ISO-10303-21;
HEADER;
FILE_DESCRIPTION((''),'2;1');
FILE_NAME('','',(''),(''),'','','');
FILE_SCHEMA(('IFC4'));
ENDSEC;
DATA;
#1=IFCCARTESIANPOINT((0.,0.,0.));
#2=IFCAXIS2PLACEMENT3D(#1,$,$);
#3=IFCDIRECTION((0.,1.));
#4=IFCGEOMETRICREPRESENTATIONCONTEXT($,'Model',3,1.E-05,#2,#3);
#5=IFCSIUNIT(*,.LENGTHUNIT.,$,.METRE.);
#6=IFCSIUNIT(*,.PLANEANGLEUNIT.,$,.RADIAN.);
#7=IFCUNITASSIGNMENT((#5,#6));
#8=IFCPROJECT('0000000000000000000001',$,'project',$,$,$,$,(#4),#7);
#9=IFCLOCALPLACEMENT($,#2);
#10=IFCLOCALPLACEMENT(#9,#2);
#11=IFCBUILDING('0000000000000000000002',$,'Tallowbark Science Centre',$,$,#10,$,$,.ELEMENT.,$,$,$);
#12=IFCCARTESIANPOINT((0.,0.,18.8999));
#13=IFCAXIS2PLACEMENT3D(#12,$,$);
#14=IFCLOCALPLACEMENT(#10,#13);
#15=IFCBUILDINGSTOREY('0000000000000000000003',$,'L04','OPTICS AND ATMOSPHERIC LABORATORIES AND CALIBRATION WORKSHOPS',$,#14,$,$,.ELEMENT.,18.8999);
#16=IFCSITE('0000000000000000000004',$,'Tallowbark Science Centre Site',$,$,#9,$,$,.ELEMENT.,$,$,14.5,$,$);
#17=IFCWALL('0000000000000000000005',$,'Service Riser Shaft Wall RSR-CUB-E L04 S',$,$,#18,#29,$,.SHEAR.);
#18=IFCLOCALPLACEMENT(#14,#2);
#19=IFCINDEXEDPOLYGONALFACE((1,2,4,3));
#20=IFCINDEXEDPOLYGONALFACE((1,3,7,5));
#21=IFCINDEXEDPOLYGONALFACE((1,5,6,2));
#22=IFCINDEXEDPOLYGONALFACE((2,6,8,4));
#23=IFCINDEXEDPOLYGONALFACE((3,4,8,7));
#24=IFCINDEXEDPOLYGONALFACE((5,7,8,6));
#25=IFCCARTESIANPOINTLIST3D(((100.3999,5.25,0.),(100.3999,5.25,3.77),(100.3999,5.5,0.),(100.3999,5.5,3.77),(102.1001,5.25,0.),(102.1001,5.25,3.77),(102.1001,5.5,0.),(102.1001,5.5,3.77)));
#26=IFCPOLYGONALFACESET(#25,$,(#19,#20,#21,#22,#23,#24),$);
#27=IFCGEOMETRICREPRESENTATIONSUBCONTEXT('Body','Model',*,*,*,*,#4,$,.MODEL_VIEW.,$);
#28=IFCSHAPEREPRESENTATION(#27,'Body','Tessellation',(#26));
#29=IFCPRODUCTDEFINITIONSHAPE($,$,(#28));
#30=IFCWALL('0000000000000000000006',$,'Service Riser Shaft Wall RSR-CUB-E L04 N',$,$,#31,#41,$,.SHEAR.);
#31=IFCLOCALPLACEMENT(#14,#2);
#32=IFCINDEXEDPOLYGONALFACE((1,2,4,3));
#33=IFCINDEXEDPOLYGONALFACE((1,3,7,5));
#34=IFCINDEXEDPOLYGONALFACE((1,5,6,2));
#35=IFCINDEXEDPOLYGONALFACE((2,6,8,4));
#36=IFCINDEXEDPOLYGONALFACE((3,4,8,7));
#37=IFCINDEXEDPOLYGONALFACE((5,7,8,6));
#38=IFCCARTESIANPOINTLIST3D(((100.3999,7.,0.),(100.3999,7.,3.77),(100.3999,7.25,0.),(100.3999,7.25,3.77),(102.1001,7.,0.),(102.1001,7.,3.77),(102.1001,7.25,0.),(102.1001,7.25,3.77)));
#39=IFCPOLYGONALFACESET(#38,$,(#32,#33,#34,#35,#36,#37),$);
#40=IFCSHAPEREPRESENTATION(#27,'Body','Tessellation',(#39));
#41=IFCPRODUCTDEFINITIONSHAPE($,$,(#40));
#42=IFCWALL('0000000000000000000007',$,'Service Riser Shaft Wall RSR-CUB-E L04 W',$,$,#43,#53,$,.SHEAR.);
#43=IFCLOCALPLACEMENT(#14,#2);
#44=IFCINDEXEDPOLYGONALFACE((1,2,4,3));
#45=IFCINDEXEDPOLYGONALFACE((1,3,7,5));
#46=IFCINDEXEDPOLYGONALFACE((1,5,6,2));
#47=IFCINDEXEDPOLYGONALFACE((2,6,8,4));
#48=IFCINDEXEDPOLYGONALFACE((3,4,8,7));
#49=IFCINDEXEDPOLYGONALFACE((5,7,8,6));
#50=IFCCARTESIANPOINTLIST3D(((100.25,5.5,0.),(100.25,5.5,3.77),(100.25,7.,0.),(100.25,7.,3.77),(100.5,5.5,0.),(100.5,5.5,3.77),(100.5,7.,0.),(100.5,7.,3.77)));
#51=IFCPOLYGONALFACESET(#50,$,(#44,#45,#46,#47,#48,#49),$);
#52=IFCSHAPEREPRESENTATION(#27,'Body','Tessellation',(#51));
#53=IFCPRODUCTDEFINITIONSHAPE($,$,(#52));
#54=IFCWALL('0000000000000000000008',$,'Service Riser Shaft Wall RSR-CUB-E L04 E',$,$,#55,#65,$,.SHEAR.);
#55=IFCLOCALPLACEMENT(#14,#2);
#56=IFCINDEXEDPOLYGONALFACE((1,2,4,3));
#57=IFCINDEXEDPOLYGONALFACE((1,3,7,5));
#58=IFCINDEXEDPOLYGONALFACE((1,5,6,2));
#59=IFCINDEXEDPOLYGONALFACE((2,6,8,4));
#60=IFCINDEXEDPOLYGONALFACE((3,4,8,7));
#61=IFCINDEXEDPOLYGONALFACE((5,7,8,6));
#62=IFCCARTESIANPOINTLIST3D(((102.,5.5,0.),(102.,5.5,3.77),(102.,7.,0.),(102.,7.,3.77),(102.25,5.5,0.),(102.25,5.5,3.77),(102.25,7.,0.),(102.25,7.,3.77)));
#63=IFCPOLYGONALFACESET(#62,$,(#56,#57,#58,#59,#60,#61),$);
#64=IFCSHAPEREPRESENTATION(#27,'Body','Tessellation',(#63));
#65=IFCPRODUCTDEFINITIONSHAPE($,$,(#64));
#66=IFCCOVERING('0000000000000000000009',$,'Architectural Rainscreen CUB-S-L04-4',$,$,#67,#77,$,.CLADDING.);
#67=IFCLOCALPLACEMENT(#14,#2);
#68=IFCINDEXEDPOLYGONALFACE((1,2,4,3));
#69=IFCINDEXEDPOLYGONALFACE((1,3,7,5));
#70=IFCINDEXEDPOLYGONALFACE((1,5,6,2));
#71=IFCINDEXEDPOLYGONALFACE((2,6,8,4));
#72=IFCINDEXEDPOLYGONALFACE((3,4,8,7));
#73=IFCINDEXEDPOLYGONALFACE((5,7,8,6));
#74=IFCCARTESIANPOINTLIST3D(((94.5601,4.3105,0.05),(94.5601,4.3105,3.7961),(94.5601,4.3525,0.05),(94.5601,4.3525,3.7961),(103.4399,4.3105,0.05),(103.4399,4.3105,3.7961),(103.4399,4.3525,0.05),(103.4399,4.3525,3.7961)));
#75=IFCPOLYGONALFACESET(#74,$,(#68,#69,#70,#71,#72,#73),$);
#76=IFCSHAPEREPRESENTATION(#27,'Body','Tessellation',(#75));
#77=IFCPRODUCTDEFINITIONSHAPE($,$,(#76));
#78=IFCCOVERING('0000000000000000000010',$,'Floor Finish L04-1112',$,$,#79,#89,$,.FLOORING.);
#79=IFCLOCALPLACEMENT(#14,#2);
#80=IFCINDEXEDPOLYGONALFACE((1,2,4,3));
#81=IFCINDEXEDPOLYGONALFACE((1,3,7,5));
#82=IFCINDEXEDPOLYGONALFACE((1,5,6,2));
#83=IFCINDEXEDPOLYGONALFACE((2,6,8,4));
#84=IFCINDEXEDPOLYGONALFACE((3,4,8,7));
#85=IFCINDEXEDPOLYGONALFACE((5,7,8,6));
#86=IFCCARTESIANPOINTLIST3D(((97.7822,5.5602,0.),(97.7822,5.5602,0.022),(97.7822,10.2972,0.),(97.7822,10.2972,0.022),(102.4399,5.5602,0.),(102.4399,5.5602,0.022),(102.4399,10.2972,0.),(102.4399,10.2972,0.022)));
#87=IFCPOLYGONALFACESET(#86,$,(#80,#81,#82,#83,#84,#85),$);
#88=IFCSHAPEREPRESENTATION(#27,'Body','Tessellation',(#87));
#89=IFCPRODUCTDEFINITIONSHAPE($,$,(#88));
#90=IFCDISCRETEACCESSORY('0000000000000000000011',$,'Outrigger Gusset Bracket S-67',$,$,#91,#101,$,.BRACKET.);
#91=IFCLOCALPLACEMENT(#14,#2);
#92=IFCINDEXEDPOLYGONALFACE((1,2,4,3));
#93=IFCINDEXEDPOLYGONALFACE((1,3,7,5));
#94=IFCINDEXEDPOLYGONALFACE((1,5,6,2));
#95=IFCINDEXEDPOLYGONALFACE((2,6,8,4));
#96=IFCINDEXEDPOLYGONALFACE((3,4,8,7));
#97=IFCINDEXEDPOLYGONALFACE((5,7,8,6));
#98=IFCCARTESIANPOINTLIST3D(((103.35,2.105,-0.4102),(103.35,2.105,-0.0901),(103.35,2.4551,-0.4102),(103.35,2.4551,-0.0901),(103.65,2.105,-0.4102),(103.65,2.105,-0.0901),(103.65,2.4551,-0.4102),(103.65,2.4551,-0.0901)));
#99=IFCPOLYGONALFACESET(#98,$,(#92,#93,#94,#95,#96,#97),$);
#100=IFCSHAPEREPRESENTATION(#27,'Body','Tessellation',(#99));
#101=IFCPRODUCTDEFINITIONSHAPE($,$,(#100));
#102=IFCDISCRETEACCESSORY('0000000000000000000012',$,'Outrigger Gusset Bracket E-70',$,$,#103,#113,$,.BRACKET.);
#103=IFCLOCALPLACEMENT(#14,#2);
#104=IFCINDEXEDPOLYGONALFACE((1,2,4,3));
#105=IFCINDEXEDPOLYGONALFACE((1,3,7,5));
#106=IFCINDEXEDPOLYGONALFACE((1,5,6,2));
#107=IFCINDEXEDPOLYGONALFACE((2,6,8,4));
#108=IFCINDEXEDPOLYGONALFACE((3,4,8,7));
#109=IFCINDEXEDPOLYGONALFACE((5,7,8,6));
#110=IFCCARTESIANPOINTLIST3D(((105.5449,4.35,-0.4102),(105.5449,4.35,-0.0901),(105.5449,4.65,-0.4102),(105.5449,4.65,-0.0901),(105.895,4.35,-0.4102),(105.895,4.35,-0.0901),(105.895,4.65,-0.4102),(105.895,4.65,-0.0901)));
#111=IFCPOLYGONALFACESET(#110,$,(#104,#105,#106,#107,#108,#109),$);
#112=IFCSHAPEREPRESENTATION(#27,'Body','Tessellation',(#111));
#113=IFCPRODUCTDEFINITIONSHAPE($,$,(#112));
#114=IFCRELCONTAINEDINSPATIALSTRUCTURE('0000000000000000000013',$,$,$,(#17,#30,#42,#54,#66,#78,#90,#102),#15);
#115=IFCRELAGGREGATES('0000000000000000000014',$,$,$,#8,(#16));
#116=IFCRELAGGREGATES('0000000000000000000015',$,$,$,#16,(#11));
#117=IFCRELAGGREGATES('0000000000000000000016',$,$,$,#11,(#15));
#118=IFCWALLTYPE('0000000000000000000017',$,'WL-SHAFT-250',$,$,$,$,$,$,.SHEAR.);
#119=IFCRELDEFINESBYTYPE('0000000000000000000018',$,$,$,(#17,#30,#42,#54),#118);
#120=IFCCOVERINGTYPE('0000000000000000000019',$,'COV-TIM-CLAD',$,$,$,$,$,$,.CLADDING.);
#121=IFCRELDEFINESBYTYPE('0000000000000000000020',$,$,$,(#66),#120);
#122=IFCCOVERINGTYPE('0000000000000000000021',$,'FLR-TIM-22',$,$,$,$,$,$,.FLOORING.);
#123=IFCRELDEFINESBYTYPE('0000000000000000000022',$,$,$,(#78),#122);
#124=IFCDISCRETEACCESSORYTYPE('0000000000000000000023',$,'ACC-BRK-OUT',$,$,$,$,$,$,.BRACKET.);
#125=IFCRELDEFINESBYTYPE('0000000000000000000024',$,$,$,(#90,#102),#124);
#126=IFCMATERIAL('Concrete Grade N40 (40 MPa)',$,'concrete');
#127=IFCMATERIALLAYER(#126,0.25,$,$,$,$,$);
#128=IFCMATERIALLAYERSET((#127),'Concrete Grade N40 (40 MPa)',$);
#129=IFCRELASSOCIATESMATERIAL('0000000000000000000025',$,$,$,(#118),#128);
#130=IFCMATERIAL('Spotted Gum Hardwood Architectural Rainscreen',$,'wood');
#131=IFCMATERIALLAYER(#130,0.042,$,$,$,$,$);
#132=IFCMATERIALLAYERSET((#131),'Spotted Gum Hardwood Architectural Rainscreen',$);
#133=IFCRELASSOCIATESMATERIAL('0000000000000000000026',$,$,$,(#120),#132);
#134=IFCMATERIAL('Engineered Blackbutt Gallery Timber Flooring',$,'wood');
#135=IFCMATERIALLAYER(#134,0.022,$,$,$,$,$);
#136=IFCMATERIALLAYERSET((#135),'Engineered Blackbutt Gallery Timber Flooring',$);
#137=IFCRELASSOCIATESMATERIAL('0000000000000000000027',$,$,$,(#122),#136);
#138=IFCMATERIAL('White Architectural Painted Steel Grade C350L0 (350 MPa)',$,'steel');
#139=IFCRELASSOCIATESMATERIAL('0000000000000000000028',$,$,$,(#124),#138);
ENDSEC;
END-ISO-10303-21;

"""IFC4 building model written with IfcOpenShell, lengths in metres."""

from ifc_helpers import new_model, si_unit, direction, frame, frame_2d, origin, origin_2d, place, context, subcontext, project, spatial, rectangle, extrude, material, layer, layer_set, type_object, element, save


model = new_model("IFC4")

# Units and contexts
model_context = context("Model", 3, precision=1e-05, world=origin(), true_north=direction((0.0, 1.0)))
body_context = subcontext(model_context, "Body", "Model", "MODEL_VIEW")
ifc_project = project(units=[si_unit("LENGTHUNIT", "METRE"), si_unit("PLANEANGLEUNIT", "RADIAN")], contexts=[model_context])

# Site, building, storey
site_placement = place(None, origin())
site = spatial("IfcSite", under=ifc_project, at=site_placement, Name="Tallowbark Science Centre Site", CompositionType="ELEMENT", RefElevation=14.5)
building_placement = place(site_placement, origin())
building = spatial("IfcBuilding", under=site, at=building_placement, Name="Tallowbark Science Centre", CompositionType="ELEMENT")
storey_placement = place(building_placement, frame((0.0, 0.0, 18.8999)))
storey = spatial("IfcBuildingStorey", under=building, at=storey_placement, Name="L04", Description="OPTICS AND ATMOSPHERIC LABORATORIES AND CALIBRATION WORKSHOPS", CompositionType="ELEMENT", Elevation=18.8999)

# Shared definitions
ifc_material_1 = material(Name="White Architectural Painted Steel Grade C350L0 (350 MPa)", Category="steel")

# Walls
ifc_material_2 = material(Name="Concrete Grade N40 (40 MPa)", Category="concrete")
ifc_layer_1 = layer(ifc_material_2, 0.25)
ifc_layer_set_1 = layer_set([ifc_layer_1], Name="Concrete Grade N40 (40 MPa)")
wall_type_1 = type_object("IfcWallType", Name="WL-SHAFT-250", PredefinedType="SHEAR", material=ifc_layer_set_1)
for number, where, z_axis, x_axis, name in (
    (1, (100.3999, 5.375, 0.0), (0.0, 0.0, 1.0), (1.0, 0.0, 0.0), "Service Riser Shaft Wall RSR-CUB-E L04 S"),
    (2, (100.3999, 7.125, 0.0), (0.0, 0.0, 1.0), (1.0, 0.0, 0.0), "Service Riser Shaft Wall RSR-CUB-E L04 N"),
):
    element("IfcWall", number, at=place(storey_placement, frame(where, z_axis=z_axis, x_axis=x_axis)), inside=storey, type_object=wall_type_1, Name=name, PredefinedType="SHEAR", context=body_context, shape_type="SweptSolid", body=[
        extrude(rectangle(XDim=1.7002, YDim=0.25, at=frame_2d((0.8501, 0.0))), origin(), (0.0, 0.0, 1.0), 3.77),
    ])
for number, where, z_axis, x_axis, name in (
    (3, (100.375, 5.5, 0.0), (0.0, 0.0, 1.0), (0.0, 1.0, 0.0), "Service Riser Shaft Wall RSR-CUB-E L04 W"),
    (4, (102.125, 5.5, 0.0), (0.0, 0.0, 1.0), (0.0, 1.0, 0.0), "Service Riser Shaft Wall RSR-CUB-E L04 E"),
):
    element("IfcWall", number, at=place(storey_placement, frame(where, z_axis=z_axis, x_axis=x_axis)), inside=storey, type_object=wall_type_1, Name=name, PredefinedType="SHEAR", context=body_context, shape_type="SweptSolid", body=[
        extrude(rectangle(XDim=1.5, YDim=0.25, at=frame_2d((0.75, 0.0))), origin(), (0.0, 0.0, 1.0), 3.77),
    ])

# Coverings
ifc_material_3 = material(Name="Spotted Gum Hardwood Architectural Rainscreen", Category="wood")
ifc_layer_2 = layer(ifc_material_3, 0.042)
ifc_layer_set_2 = layer_set([ifc_layer_2], Name="Spotted Gum Hardwood Architectural Rainscreen")
covering_type_1 = type_object("IfcCoveringType", Name="COV-TIM-CLAD", PredefinedType="CLADDING", material=ifc_layer_set_2)
covering_1_placement = place(storey_placement, frame((99.0, 4.3315, 0.05), z_axis=(0.0, 0.0, 1.0), x_axis=(1.0, 0.0, 0.0)))
element("IfcCovering", 5, at=covering_1_placement, inside=storey, type_object=covering_type_1, Name="Architectural Rainscreen CUB-S-L04-4", PredefinedType="CLADDING", context=body_context, shape_type="SweptSolid", body=[
    extrude(rectangle(XDim=8.8799, YDim=0.042, at=origin_2d()), origin(), (0.0, 0.0, 1.0), 3.7461),
])
ifc_material_4 = material(Name="Engineered Blackbutt Gallery Timber Flooring", Category="wood")
ifc_layer_3 = layer(ifc_material_4, 0.022)
ifc_layer_set_3 = layer_set([ifc_layer_3], Name="Engineered Blackbutt Gallery Timber Flooring")
covering_type_2 = type_object("IfcCoveringType", Name="FLR-TIM-22", PredefinedType="FLOORING", material=ifc_layer_set_3)
covering_2_placement = place(storey_placement, frame((100.1111, 7.9287, 0.0), z_axis=(0.0, 0.0, 1.0), x_axis=(1.0, 0.0, 0.0)))
element("IfcCovering", 6, at=covering_2_placement, inside=storey, type_object=covering_type_2, Name="Floor Finish L04-1112", PredefinedType="FLOORING", context=body_context, shape_type="SweptSolid", body=[
    extrude(rectangle(XDim=4.6577, YDim=4.7371, at=origin_2d()), origin(), (0.0, 0.0, 1.0), 0.022),
])

# Discrete accessories
discrete_accessory_type = type_object("IfcDiscreteAccessoryType", Name="ACC-BRK-OUT", PredefinedType="BRACKET", material=ifc_material_1)
discrete_accessory_1_placement = place(storey_placement, frame((103.5, 2.28, -0.4102), z_axis=(0.0, 0.0, 1.0), x_axis=(1.0, 0.0, 0.0)))
element("IfcDiscreteAccessory", 7, at=discrete_accessory_1_placement, inside=storey, type_object=discrete_accessory_type, Name="Outrigger Gusset Bracket S-67", PredefinedType="BRACKET", context=body_context, shape_type="SweptSolid", body=[
    extrude(rectangle(XDim=0.3, YDim=0.3501, at=origin_2d()), origin(), (0.0, 0.0, 1.0), 0.3201),
])
discrete_accessory_2_placement = place(storey_placement, frame((105.72, 4.5, -0.4102), z_axis=(0.0, 0.0, 1.0), x_axis=(1.0, 0.0, 0.0)))
element("IfcDiscreteAccessory", 8, at=discrete_accessory_2_placement, inside=storey, type_object=discrete_accessory_type, Name="Outrigger Gusset Bracket E-70", PredefinedType="BRACKET", context=body_context, shape_type="SweptSolid", body=[
    extrude(rectangle(XDim=0.3501, YDim=0.3, at=origin_2d()), origin(), (0.0, 0.0, 1.0), 0.3201),
])

save(model, "model.ifc")
